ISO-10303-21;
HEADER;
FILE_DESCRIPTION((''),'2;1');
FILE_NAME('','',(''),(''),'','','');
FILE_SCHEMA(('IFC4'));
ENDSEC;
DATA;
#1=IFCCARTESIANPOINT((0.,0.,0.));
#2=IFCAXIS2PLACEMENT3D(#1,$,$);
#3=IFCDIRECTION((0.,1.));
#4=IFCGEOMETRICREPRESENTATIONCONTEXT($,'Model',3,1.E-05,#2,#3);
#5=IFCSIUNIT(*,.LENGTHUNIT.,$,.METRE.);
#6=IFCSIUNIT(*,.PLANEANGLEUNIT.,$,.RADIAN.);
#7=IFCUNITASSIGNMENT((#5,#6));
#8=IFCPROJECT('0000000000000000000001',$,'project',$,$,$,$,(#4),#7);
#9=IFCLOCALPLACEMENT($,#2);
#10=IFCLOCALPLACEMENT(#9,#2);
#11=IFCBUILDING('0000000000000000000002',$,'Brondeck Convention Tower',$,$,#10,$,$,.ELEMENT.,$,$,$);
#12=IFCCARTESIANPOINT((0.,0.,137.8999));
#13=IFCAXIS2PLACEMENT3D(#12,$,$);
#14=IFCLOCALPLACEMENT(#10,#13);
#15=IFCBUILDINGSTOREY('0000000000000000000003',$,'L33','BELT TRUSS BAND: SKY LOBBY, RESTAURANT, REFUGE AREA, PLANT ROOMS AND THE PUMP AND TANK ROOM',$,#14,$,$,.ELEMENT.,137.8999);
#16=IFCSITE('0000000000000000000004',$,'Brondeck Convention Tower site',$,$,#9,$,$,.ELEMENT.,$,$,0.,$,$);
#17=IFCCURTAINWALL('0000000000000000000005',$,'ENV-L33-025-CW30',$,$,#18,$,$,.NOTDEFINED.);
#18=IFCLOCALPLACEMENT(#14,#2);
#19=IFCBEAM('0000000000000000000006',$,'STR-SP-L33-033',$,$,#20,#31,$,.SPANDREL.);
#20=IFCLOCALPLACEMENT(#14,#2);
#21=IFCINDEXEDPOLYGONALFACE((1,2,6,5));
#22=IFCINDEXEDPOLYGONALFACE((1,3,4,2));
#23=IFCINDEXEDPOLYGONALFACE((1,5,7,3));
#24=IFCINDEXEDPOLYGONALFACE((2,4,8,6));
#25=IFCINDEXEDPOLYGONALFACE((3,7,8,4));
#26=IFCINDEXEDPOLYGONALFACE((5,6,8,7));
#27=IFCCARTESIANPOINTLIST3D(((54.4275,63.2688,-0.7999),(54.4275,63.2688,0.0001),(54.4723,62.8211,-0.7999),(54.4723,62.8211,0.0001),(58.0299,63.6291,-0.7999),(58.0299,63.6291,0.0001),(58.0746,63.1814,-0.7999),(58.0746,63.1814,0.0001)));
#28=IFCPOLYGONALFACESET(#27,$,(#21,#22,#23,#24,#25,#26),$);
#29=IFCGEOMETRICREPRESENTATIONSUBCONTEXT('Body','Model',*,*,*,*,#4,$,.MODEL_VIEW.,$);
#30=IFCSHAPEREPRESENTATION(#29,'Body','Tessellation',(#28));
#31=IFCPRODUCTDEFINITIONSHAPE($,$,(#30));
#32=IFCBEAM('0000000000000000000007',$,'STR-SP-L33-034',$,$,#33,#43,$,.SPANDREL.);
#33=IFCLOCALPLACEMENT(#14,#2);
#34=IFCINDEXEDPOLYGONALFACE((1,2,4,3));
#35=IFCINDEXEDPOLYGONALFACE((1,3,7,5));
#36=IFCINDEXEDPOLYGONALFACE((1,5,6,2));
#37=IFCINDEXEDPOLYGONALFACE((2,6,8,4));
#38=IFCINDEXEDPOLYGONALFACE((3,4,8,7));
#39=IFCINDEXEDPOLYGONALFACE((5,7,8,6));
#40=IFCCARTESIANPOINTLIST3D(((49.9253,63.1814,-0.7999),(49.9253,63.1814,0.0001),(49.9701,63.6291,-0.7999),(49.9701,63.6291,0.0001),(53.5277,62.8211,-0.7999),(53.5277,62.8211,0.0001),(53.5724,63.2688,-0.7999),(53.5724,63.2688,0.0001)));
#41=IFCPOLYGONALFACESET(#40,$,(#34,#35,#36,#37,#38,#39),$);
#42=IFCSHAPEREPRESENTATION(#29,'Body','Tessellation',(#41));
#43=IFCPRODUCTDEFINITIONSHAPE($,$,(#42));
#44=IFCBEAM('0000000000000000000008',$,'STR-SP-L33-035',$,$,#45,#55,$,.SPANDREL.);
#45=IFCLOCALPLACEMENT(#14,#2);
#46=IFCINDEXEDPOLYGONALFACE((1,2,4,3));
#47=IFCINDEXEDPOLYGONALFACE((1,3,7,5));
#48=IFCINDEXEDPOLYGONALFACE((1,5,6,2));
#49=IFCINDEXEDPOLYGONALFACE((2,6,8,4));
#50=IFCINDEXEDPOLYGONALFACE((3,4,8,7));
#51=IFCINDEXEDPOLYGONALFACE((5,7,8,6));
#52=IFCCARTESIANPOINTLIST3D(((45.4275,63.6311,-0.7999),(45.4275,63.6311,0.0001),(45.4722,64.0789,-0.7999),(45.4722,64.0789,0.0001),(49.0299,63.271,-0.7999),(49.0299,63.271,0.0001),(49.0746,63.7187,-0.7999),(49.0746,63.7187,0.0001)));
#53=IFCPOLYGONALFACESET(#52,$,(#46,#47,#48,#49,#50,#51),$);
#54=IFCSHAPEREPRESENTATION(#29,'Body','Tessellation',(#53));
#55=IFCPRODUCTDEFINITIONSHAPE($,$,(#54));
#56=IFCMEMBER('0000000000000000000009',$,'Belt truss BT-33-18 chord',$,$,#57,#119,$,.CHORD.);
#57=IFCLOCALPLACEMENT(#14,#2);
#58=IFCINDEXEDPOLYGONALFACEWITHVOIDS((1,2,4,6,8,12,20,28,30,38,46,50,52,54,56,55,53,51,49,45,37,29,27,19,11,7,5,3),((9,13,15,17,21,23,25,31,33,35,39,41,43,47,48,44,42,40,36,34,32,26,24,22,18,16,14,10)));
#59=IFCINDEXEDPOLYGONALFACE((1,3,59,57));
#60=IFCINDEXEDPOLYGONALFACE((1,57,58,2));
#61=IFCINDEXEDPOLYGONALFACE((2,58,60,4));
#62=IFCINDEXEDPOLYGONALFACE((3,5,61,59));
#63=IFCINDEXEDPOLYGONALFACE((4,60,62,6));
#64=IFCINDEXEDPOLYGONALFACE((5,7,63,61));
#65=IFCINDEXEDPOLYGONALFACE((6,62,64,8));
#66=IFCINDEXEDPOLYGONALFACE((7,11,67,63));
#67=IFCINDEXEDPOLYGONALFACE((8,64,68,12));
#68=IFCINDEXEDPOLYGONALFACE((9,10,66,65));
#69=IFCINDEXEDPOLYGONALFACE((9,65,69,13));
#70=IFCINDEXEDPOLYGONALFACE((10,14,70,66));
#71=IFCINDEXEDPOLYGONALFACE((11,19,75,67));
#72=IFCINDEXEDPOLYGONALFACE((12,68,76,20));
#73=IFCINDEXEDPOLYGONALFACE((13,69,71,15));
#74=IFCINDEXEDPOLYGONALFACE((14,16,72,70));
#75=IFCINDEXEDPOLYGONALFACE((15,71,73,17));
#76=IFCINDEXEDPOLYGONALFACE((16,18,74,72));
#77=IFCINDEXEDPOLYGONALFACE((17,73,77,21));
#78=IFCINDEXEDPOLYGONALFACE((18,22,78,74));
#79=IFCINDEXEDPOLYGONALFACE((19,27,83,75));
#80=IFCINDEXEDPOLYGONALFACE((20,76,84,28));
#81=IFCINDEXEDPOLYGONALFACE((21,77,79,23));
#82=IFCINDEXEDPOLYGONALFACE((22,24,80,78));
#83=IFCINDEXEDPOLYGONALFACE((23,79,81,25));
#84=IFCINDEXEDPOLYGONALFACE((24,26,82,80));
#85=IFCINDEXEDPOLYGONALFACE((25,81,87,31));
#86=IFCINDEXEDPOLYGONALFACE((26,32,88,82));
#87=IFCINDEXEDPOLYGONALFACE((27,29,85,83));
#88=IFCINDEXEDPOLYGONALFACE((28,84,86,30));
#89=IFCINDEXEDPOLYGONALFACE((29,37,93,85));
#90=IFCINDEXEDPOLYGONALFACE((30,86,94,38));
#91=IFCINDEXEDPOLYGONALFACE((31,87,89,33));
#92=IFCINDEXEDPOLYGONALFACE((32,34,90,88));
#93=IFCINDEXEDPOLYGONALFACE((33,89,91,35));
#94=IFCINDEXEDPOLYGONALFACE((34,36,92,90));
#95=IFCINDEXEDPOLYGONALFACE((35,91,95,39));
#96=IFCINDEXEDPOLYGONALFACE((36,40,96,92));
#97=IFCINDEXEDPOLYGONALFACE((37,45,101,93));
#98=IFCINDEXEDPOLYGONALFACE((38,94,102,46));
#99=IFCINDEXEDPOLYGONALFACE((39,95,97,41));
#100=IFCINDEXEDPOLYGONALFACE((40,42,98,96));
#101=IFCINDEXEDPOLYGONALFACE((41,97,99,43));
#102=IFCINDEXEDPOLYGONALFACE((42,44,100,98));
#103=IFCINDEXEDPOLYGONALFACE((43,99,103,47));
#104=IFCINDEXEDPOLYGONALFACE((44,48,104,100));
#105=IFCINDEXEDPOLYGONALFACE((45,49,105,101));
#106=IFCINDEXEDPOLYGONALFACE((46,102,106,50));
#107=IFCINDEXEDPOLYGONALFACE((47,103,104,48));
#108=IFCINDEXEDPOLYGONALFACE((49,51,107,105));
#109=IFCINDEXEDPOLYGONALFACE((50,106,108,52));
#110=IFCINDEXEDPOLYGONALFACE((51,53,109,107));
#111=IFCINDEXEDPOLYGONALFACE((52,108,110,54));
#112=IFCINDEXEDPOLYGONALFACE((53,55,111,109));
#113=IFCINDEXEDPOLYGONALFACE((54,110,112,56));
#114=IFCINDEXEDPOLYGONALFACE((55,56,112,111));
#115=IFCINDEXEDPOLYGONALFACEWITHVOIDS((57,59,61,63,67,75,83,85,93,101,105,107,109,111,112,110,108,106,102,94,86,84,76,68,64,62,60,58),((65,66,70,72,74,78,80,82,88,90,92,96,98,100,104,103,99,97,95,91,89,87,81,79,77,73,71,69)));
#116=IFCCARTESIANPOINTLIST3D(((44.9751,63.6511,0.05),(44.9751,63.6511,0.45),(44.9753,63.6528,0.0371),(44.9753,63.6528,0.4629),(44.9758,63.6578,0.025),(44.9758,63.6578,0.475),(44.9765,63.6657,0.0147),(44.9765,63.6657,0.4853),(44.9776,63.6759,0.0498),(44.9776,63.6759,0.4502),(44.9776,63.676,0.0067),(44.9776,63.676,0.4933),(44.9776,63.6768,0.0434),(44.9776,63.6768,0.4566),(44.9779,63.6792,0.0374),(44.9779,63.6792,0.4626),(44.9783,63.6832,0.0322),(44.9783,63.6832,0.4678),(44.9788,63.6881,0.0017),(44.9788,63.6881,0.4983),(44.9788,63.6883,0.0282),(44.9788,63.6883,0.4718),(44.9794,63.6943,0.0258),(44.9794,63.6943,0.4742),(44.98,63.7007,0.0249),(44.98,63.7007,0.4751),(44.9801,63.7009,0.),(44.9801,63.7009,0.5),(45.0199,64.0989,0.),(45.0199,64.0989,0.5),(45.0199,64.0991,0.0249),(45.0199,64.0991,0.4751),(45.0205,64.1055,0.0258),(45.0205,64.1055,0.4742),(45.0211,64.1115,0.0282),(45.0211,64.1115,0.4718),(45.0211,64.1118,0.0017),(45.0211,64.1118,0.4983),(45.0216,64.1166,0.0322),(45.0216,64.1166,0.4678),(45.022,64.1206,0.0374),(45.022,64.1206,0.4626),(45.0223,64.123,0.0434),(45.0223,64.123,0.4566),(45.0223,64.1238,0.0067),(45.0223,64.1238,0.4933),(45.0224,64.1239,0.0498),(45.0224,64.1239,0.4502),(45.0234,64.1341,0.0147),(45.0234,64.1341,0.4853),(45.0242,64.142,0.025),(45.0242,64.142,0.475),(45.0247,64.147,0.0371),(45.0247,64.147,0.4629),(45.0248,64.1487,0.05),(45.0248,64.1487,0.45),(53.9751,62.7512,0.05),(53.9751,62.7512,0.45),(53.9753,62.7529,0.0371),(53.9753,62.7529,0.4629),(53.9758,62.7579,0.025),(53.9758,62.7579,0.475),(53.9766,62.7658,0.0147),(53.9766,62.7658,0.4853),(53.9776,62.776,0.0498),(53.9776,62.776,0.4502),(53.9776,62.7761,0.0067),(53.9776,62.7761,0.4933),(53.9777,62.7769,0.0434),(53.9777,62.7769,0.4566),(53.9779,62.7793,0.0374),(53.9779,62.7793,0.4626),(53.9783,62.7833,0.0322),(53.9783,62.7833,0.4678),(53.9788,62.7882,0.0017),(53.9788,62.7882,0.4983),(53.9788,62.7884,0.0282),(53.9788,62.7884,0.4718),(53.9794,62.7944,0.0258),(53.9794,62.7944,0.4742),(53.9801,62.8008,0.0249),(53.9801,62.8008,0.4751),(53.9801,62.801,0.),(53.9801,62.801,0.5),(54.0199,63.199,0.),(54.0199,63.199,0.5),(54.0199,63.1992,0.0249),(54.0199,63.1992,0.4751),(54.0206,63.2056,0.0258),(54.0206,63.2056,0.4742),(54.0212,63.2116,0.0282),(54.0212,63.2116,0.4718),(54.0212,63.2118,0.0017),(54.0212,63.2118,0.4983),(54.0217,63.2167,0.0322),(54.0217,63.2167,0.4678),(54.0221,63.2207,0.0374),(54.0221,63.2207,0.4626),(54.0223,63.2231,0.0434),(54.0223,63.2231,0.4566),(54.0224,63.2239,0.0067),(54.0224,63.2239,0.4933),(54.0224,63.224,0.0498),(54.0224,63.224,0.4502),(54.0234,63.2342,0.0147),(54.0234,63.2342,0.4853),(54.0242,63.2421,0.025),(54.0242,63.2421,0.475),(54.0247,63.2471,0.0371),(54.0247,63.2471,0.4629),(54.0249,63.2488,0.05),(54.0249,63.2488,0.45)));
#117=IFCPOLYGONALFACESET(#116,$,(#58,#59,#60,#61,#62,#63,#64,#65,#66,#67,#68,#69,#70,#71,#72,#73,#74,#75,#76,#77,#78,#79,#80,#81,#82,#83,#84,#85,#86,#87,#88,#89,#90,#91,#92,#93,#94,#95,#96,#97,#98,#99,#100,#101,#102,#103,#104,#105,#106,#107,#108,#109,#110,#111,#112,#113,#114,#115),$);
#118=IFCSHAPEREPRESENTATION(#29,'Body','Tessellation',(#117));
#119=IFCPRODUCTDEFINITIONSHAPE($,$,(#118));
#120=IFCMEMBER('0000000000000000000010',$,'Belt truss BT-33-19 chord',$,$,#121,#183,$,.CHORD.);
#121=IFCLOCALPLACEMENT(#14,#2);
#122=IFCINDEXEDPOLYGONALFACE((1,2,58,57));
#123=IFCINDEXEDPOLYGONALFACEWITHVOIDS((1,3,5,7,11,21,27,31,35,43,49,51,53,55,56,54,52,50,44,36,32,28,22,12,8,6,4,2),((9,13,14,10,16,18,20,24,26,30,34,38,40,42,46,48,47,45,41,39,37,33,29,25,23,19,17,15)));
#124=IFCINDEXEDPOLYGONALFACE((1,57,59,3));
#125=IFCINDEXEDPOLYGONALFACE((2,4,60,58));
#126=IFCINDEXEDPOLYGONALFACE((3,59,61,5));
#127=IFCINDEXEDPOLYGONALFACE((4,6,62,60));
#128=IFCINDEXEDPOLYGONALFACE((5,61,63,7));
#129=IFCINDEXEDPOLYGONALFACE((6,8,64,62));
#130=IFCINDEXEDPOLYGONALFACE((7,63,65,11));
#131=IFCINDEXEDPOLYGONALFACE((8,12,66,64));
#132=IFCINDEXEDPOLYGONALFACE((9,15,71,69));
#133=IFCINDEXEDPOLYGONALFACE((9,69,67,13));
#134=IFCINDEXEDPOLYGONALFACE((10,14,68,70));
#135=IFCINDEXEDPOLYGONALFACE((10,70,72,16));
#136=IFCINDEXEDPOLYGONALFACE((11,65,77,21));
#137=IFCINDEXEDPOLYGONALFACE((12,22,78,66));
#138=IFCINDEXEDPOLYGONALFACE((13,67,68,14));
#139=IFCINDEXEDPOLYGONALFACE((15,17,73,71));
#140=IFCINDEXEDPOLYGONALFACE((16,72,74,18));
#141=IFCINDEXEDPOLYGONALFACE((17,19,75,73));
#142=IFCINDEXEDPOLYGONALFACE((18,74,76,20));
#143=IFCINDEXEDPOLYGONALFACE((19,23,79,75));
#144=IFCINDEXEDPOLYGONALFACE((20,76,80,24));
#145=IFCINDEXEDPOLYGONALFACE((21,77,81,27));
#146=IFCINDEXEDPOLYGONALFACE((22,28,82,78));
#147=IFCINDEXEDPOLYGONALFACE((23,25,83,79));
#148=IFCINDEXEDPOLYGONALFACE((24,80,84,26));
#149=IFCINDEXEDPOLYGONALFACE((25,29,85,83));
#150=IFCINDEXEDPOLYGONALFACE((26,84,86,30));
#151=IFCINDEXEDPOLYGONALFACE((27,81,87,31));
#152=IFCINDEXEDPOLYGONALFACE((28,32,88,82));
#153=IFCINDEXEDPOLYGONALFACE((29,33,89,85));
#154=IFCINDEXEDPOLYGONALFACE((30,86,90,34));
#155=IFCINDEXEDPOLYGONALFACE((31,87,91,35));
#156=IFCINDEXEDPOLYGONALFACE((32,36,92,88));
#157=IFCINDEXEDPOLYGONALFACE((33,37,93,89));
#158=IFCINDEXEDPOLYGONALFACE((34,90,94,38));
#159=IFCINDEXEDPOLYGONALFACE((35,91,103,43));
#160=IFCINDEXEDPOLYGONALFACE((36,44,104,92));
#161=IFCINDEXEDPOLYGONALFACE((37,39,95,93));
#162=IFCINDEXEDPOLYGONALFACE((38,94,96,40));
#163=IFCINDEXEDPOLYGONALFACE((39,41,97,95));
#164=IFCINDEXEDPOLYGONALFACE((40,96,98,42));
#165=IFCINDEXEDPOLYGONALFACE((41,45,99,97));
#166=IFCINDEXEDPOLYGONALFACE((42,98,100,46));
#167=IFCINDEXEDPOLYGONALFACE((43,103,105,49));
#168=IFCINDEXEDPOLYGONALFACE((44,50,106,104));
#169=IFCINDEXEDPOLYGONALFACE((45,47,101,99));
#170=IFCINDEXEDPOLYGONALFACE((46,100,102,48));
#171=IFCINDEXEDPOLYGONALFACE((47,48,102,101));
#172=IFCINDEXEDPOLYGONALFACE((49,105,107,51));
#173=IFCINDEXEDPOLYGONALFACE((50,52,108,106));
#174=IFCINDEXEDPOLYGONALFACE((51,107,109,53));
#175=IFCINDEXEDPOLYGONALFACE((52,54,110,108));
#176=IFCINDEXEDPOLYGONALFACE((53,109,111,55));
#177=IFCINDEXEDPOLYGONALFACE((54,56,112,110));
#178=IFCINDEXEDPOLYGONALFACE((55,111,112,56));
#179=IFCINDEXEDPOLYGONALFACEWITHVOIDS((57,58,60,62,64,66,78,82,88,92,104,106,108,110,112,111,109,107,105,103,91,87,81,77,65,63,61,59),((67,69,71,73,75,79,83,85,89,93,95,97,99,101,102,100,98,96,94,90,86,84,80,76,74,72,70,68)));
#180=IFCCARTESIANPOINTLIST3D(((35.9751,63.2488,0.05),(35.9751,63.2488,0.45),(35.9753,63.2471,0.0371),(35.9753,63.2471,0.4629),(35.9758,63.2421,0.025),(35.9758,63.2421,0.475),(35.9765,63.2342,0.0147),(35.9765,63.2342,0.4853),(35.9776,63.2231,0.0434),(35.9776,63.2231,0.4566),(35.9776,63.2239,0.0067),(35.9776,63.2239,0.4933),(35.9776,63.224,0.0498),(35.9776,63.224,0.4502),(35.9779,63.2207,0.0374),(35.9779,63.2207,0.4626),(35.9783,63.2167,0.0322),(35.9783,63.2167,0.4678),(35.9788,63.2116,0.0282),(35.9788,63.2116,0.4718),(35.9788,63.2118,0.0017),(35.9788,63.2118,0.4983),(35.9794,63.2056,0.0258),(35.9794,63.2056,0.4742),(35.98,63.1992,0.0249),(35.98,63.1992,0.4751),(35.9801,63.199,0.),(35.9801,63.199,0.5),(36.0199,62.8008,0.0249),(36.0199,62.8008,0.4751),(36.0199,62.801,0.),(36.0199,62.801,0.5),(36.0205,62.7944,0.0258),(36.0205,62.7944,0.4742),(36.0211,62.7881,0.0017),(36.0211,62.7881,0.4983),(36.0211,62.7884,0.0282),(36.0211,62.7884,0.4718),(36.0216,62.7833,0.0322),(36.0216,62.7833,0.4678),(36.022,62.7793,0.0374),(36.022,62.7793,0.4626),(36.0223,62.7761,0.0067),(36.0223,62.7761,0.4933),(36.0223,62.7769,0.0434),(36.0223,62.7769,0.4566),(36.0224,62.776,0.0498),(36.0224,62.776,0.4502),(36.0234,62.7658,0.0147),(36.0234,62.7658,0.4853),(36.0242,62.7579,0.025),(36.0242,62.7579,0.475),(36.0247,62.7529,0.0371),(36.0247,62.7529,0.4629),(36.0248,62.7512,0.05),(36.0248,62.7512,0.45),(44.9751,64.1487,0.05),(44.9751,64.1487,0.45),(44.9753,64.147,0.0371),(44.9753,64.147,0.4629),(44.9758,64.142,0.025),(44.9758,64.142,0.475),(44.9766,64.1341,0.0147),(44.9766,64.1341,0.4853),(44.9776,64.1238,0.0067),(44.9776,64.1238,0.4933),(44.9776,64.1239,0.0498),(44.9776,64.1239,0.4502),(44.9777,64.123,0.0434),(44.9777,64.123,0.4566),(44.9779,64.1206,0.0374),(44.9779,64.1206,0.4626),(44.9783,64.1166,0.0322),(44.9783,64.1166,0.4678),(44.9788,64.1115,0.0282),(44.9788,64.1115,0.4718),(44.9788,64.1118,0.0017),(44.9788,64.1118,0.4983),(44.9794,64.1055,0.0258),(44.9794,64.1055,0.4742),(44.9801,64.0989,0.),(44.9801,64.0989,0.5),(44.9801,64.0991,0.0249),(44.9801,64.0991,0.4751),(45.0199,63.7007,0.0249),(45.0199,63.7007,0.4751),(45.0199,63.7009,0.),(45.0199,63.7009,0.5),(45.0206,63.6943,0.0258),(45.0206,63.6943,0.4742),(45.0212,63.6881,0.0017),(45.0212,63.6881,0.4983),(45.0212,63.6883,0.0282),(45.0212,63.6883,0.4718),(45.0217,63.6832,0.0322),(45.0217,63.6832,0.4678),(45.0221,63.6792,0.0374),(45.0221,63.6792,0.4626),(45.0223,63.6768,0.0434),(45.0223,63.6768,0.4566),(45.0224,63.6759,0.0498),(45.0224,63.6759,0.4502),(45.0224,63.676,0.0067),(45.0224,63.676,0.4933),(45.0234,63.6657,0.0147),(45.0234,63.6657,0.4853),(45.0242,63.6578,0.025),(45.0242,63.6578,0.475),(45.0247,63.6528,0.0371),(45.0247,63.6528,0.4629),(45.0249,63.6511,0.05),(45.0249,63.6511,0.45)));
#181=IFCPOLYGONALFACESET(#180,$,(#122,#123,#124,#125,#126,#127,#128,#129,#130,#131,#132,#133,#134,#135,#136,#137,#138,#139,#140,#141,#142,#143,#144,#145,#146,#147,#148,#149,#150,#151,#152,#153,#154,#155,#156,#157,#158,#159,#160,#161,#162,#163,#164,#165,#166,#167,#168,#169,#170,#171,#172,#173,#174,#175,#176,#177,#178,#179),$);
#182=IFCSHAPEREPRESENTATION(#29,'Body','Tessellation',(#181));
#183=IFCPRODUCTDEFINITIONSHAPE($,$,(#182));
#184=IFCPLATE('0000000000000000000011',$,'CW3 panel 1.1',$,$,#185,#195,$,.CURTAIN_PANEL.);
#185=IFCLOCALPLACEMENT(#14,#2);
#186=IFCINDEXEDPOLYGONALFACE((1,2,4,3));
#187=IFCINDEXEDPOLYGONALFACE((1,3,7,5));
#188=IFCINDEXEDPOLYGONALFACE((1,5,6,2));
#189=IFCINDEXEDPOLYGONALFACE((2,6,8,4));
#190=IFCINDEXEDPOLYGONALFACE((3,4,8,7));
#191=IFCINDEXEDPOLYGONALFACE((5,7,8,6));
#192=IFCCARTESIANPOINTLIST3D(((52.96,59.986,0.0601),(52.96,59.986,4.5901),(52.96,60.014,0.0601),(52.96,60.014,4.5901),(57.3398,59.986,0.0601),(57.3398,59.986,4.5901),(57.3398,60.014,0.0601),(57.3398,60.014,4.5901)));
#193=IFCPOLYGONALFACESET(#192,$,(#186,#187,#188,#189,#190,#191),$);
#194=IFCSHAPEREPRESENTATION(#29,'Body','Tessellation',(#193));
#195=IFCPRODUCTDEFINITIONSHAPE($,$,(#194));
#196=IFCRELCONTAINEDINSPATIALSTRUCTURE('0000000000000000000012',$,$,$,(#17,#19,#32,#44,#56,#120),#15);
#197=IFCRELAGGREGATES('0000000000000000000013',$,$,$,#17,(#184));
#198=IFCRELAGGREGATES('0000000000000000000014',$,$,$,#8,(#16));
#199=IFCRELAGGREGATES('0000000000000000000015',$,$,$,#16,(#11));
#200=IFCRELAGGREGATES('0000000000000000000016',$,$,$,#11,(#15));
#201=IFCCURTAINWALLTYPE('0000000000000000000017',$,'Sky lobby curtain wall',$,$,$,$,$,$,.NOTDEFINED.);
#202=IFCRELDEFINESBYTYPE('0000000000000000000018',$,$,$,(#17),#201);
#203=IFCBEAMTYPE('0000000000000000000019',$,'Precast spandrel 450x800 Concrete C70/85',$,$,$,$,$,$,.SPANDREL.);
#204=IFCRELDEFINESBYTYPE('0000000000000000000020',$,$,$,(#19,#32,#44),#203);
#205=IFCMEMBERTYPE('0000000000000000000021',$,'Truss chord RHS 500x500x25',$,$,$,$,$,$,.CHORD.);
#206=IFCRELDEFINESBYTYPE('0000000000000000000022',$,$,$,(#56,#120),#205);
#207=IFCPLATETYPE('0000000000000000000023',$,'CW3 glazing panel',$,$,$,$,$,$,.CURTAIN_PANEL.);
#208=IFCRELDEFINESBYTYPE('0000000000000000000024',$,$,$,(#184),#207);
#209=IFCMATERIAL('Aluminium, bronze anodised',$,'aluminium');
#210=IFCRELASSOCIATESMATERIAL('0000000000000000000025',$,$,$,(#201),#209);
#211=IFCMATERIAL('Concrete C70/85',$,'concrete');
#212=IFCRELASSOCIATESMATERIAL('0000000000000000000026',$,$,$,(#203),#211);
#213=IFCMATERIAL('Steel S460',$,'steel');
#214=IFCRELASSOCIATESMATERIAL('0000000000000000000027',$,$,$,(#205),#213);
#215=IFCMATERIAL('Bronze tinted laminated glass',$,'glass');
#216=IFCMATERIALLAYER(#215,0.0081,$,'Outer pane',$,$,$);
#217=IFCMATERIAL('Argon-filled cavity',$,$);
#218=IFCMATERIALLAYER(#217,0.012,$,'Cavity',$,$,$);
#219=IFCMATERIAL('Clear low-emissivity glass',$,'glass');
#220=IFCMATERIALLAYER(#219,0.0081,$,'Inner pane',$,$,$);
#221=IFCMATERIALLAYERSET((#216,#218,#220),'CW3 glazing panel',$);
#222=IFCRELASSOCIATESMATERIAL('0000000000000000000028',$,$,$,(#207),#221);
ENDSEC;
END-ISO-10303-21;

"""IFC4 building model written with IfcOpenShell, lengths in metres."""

from ifc_helpers import new_model, si_unit, direction, frame, origin, origin_2d, place, context, subcontext, project, spatial, rectangle, hollow_rectangle, extrude, material, layer, layer_set, material_profile, profile_set, type_object, element, aggregate, save


model = new_model("IFC4")

# Units and contexts
model_context = context("Model", 3, precision=1e-05, world=origin(), true_north=direction((0.0, 1.0)))
body_context = subcontext(model_context, "Body", "Model", "MODEL_VIEW")
ifc_project = project(units=[si_unit("LENGTHUNIT", "METRE"), si_unit("PLANEANGLEUNIT", "RADIAN")], contexts=[model_context])

# Site, building, storey
site_placement = place(None, origin())
site = spatial("IfcSite", under=ifc_project, at=site_placement, Name="Brondeck Convention Tower site", CompositionType="ELEMENT", RefElevation=0.0)
building_placement = place(site_placement, origin())
building = spatial("IfcBuilding", under=site, at=building_placement, Name="Brondeck Convention Tower", CompositionType="ELEMENT")
storey_placement = place(building_placement, frame((0.0, 0.0, 137.8999)))
storey = spatial("IfcBuildingStorey", under=building, at=storey_placement, Name="L33", Description="BELT TRUSS BAND: SKY LOBBY, RESTAURANT, REFUGE AREA, PLANT ROOMS AND THE PUMP AND TANK ROOM", CompositionType="ELEMENT", Elevation=137.8999)

# Shared definitions
ifc_material_1 = material(Name="Concrete C70/85", Category="concrete")

# Shared definitions
ifc_material_2 = material(Name="Aluminium, bronze anodised", Category="aluminium")
curtain_wall_type = type_object("IfcCurtainWallType", Name="Sky lobby curtain wall", PredefinedType="NOTDEFINED", material=ifc_material_2)

# Curtain wall
curtain_wall_1_placement = place(storey_placement, origin())
curtain_wall_1 = element("IfcCurtainWall", 1, at=curtain_wall_1_placement, inside=storey, type_object=curtain_wall_type, Name="ENV-L33-025-CW30", PredefinedType="NOTDEFINED")

# Shared definitions
ifc_material_3 = material(Name="Steel S460", Category="steel")

# Beams
ifc_material_profile_1 = material_profile(ifc_material_1, rectangle(XDim=0.45, YDim=0.8, at=origin_2d()), Name="Precast spandrel 450x800 Concrete C70/85")
ifc_profile_set_1 = profile_set([ifc_material_profile_1], Name="Concrete C70/85")
beam_type = type_object("IfcBeamType", Name="Precast spandrel 450x800 Concrete C70/85", PredefinedType="SPANDREL", material=ifc_profile_set_1)
for number, where, z_axis, x_axis, name in (
    (2, (58.0522, 63.4053, -0.3999), (-0.995034, -0.099537, 0.0), (0.099537, -0.995034, 0.0), "STR-SP-L33-033"),
    (3, (53.55, 63.0449, -0.3999), (-0.995034, 0.099537, 0.0), (-0.099537, -0.995034, 0.0), "STR-SP-L33-034"),
    (4, (49.0522, 63.4949, -0.3999), (-0.995041, 0.09947, 0.0), (-0.09947, -0.995041, 0.0), "STR-SP-L33-035"),
):
    element("IfcBeam", number, at=place(storey_placement, frame(where, z_axis=z_axis, x_axis=x_axis)), inside=storey, type_object=beam_type, Name=name, PredefinedType="SPANDREL", context=body_context, shape_type="SweptSolid", body=[
        extrude(rectangle(XDim=0.45, YDim=0.8, at=origin_2d()), origin(), (0.0, 0.0, 1.0), 3.6204),
    ])

# Members
ifc_material_profile_2 = material_profile(ifc_material_3, hollow_rectangle(XDim=0.5, YDim=0.5, WallThickness=0.0249, InnerFilletRadius=0.0249, OuterFilletRadius=0.05, at=origin_2d()), Name="RHS 500x500x25")
ifc_profile_set_2 = profile_set([ifc_material_profile_2], Name="Steel S460")
member_type_1 = type_object("IfcMemberType", Name="Truss chord RHS 500x500x25", PredefinedType="CHORD", material=ifc_profile_set_2)
for number, where, z_axis, x_axis, name in (
    (5, (54.0, 63.0, 0.25), (-0.995038, 0.099493, 0.0), (-0.099493, -0.995038, 0.0), "Belt truss BT-33-18 chord"),
    (6, (45.0, 63.8999, 0.25), (-0.995038, -0.099493, 0.0), (0.099493, -0.995038, 0.0), "Belt truss BT-33-19 chord"),
):
    element("IfcMember", number, at=place(storey_placement, frame(where, z_axis=z_axis, x_axis=x_axis)), inside=storey, type_object=member_type_1, Name=name, PredefinedType="CHORD", context=body_context, shape_type="SweptSolid", body=[
        extrude(hollow_rectangle(XDim=0.5, YDim=0.5, WallThickness=0.0249, InnerFilletRadius=0.0249, OuterFilletRadius=0.05, at=origin_2d()), origin(), (0.0, 0.0, 1.0), 9.0449),
    ])

# Plate
ifc_material_4 = material(Name="Bronze tinted laminated glass", Category="glass")
ifc_layer_1 = layer(ifc_material_4, 0.0081, Name="Outer pane")
ifc_material_5 = material(Name="Argon-filled cavity")
ifc_layer_2 = layer(ifc_material_5, 0.012, Name="Cavity")
ifc_material_6 = material(Name="Clear low-emissivity glass", Category="glass")
ifc_layer_3 = layer(ifc_material_6, 0.0081, Name="Inner pane")
ifc_layer_set_1 = layer_set([ifc_layer_1, ifc_layer_2, ifc_layer_3], Name="CW3 glazing panel")
plate_type = type_object("IfcPlateType", Name="CW3 glazing panel", PredefinedType="CURTAIN_PANEL", material=ifc_layer_set_1)
plate_placement = place(storey_placement, frame((55.1499, 60.0, 0.0601), z_axis=(0.0, 0.0, 1.0), x_axis=(1.0, 0.0, 0.0)))
plate = element("IfcPlate", 7, at=plate_placement, type_object=plate_type, Name="CW3 panel 1.1", PredefinedType="CURTAIN_PANEL", context=body_context, shape_type="SweptSolid", body=[
    extrude(rectangle(XDim=4.3799, YDim=0.0281, at=origin_2d()), origin(), (0.0, 0.0, 1.0), 4.53),
])
aggregate(curtain_wall_1, [plate])

save(model, "model.ifc")
